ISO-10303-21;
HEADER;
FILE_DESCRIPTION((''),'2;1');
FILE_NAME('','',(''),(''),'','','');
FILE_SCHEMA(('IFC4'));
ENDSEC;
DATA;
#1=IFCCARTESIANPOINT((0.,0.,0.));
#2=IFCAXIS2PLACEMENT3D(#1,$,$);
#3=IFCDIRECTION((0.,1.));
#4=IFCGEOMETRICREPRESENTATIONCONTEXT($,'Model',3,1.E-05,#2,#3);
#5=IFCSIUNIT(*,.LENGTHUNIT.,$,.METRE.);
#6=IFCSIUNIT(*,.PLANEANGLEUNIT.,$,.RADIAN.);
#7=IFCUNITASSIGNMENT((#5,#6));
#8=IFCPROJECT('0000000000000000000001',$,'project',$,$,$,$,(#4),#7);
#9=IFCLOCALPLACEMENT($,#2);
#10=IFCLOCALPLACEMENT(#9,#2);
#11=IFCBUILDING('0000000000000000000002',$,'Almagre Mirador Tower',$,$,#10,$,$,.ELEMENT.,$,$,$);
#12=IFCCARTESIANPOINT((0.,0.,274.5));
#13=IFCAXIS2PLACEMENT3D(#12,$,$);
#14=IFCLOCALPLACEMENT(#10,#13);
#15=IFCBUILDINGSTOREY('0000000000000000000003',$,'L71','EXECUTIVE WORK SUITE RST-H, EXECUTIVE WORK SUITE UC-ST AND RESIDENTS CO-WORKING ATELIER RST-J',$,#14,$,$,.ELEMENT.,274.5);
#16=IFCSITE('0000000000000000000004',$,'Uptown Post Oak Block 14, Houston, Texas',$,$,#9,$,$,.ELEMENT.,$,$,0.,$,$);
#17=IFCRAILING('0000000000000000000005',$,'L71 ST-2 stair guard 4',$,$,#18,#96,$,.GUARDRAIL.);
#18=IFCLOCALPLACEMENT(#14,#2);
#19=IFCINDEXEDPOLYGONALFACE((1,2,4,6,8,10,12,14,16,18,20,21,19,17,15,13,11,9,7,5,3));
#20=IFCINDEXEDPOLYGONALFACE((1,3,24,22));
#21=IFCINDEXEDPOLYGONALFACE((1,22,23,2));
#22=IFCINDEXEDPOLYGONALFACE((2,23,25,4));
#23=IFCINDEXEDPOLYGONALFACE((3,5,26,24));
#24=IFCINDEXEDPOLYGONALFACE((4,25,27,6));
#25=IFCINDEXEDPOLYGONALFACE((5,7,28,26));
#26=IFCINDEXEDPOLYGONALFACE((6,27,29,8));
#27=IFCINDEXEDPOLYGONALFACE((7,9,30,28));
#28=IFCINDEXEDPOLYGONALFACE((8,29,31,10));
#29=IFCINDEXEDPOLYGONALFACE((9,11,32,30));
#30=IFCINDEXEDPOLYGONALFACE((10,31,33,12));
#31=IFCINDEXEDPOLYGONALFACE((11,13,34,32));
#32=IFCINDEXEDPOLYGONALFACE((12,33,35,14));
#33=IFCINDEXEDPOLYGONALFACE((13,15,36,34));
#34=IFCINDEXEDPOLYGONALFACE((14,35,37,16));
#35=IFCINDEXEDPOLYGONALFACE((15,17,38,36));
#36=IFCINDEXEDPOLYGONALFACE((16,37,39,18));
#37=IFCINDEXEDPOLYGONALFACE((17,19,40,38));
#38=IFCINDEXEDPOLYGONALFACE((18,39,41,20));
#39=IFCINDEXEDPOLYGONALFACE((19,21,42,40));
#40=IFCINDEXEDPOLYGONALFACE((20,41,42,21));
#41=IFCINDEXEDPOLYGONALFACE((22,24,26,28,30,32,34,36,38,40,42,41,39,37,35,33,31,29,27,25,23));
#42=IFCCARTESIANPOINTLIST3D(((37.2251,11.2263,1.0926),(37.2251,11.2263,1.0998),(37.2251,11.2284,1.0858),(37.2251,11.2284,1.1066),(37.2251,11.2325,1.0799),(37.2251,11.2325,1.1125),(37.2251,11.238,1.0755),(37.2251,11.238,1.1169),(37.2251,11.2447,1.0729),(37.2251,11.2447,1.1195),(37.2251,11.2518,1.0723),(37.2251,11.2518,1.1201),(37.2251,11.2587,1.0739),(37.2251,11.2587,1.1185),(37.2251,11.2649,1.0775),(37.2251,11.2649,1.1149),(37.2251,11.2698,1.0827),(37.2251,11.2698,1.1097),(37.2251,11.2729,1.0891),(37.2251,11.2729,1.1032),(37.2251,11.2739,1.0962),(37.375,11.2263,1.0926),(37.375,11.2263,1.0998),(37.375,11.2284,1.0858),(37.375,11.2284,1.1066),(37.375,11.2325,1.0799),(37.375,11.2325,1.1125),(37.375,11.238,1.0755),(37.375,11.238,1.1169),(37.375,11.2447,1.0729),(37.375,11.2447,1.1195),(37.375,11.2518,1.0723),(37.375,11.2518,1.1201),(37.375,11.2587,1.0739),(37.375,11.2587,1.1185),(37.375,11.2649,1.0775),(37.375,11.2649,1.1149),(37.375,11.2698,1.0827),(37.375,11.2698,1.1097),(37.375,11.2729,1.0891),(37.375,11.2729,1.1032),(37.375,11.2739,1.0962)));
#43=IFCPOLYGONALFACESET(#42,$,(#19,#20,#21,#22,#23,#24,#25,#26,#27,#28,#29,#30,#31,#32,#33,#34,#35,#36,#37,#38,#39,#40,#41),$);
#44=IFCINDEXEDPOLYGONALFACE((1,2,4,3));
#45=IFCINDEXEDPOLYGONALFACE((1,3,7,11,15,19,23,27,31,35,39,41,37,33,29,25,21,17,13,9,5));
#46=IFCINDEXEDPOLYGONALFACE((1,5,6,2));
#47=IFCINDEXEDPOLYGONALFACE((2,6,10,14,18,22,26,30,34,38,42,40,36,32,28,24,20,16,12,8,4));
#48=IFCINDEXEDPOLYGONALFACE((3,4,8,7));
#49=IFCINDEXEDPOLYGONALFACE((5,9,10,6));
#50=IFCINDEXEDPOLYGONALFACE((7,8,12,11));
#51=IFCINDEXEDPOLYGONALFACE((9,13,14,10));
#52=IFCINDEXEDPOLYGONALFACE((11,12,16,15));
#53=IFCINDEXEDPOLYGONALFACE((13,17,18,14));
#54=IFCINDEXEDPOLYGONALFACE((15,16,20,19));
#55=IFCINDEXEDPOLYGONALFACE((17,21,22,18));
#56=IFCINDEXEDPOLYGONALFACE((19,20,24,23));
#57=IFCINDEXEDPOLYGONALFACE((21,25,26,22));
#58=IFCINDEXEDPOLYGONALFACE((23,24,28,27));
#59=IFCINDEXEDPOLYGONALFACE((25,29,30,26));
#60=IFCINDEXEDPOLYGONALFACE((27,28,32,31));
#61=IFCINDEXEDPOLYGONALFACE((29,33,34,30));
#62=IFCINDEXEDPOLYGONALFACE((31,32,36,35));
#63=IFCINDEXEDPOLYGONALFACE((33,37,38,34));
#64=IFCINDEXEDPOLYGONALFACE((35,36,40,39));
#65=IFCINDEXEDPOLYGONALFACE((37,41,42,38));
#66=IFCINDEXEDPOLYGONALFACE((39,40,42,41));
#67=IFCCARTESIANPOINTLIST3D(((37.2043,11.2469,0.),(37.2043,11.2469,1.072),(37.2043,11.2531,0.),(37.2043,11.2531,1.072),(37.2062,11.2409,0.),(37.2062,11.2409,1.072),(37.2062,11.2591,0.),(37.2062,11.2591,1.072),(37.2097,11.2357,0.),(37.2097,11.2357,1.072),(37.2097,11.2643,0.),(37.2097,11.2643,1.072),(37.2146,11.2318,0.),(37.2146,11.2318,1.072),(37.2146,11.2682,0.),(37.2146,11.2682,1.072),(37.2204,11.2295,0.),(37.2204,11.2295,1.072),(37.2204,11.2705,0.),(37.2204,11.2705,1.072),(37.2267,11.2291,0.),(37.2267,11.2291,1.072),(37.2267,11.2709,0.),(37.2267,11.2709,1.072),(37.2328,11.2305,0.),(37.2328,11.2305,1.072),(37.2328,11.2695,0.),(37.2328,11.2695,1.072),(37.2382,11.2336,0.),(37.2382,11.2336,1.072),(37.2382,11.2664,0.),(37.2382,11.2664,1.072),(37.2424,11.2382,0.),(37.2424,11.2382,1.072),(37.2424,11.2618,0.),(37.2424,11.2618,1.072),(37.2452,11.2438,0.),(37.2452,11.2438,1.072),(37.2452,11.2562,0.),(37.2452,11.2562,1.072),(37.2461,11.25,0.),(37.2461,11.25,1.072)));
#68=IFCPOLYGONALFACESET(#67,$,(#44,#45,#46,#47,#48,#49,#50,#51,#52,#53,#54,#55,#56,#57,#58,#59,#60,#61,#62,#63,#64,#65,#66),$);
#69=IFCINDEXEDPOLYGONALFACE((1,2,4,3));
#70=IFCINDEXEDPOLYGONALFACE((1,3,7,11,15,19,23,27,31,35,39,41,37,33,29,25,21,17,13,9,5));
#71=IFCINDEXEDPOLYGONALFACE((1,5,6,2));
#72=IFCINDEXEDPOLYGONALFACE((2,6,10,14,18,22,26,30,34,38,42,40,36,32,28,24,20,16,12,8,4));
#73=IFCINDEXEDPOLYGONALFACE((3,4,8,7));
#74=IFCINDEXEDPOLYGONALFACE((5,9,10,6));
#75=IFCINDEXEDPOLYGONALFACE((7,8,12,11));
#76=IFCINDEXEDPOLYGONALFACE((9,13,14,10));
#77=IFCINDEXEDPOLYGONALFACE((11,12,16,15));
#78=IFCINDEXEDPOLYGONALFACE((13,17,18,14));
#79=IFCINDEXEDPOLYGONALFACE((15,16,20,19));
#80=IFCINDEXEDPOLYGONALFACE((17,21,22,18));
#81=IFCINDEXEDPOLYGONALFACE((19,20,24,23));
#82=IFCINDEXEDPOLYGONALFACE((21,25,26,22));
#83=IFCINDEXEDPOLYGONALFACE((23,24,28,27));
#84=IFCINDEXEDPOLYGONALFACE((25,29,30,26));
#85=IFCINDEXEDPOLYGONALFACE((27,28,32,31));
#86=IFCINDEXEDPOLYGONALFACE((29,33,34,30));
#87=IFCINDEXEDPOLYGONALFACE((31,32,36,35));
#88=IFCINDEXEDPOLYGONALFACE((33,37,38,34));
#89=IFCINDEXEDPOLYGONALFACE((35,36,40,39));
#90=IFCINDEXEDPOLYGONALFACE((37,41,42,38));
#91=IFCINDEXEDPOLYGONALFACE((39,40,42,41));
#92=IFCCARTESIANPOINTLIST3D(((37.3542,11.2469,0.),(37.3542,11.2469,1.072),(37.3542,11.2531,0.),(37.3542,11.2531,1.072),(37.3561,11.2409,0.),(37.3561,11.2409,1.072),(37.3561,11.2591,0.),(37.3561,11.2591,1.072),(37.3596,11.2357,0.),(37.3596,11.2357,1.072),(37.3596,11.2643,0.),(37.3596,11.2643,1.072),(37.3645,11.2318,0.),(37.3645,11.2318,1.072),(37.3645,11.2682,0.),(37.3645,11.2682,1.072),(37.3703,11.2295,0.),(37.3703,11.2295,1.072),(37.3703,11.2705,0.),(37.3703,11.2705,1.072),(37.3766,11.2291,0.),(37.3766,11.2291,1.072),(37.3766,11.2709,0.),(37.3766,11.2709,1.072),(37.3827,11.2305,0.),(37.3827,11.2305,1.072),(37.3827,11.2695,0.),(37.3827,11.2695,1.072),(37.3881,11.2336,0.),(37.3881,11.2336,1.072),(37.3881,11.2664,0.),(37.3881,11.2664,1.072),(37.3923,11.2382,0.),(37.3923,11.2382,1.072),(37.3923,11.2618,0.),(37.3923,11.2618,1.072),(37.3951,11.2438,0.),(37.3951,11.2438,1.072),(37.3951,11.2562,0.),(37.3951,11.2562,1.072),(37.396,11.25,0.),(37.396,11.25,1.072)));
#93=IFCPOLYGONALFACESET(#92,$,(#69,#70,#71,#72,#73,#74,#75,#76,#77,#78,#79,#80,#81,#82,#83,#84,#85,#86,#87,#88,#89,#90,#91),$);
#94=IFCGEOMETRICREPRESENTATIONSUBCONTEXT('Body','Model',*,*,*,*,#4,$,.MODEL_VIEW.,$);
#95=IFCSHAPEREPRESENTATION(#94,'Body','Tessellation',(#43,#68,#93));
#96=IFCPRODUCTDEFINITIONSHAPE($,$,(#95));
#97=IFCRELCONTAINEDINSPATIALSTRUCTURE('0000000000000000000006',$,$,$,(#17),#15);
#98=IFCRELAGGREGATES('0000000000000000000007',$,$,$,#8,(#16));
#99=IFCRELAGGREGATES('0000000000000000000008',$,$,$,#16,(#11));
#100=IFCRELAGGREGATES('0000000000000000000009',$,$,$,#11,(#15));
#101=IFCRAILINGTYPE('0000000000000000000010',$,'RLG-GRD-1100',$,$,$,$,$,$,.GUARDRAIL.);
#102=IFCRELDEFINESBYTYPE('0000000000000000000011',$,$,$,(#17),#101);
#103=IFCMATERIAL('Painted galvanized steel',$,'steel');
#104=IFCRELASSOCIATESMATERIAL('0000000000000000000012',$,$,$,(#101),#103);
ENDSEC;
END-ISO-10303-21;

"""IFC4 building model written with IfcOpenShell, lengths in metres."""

from ifc_helpers import new_model, si_unit, direction, frame, origin, origin_2d, place, context, subcontext, project, spatial, circle, extrude, material, type_object, element, save


model = new_model("IFC4")

# Units and contexts
model_context = context("Model", 3, precision=1e-05, world=origin(), true_north=direction((0.0, 1.0)))
body_context = subcontext(model_context, "Body", "Model", "MODEL_VIEW")
ifc_project = project(units=[si_unit("LENGTHUNIT", "METRE"), si_unit("PLANEANGLEUNIT", "RADIAN")], contexts=[model_context])

# Site, building, storey
site_placement = place(None, origin())
site = spatial("IfcSite", under=ifc_project, at=site_placement, Name="Uptown Post Oak Block 14, Houston, Texas", CompositionType="ELEMENT", RefElevation=0.0)
building_placement = place(site_placement, origin())
building = spatial("IfcBuilding", under=site, at=building_placement, Name="Almagre Mirador Tower", CompositionType="ELEMENT")
storey_placement = place(building_placement, frame((0.0, 0.0, 274.5)))
storey = spatial("IfcBuildingStorey", under=building, at=storey_placement, Name="L71", Description="EXECUTIVE WORK SUITE RST-H, EXECUTIVE WORK SUITE UC-ST AND RESIDENTS CO-WORKING ATELIER RST-J", CompositionType="ELEMENT", Elevation=274.5)

# Railing
ifc_material_1 = material(Name="Painted galvanized steel", Category="steel")
railing_type_1 = type_object("IfcRailingType", Name="RLG-GRD-1100", PredefinedType="GUARDRAIL", material=ifc_material_1)
railing_1_placement = place(storey_placement, frame((37.2251, 11.25, 0.0)))
element("IfcRailing", 1, at=railing_1_placement, inside=storey, type_object=railing_type_1, Name="L71 ST-2 stair guard 4", PredefinedType="GUARDRAIL", context=body_context, shape_type="SweptSolid", body=[
    extrude(circle(Radius=0.0239, at=origin_2d()), frame((0.0, 0.0, 1.0962), z_axis=(1.0, 0.0, 0.0), x_axis=(0.0, 1.0, 0.0)), (0.0, 0.0, 1.0), 0.1499),
    extrude(circle(Radius=0.021, at=origin_2d()), origin(), (0.0, 0.0, 1.0), 1.072),
    extrude(circle(Radius=0.021, at=origin_2d()), frame((0.1499, 0.0, 0.0)), (0.0, 0.0, 1.0), 1.072),
])

save(model, "model.ifc")
